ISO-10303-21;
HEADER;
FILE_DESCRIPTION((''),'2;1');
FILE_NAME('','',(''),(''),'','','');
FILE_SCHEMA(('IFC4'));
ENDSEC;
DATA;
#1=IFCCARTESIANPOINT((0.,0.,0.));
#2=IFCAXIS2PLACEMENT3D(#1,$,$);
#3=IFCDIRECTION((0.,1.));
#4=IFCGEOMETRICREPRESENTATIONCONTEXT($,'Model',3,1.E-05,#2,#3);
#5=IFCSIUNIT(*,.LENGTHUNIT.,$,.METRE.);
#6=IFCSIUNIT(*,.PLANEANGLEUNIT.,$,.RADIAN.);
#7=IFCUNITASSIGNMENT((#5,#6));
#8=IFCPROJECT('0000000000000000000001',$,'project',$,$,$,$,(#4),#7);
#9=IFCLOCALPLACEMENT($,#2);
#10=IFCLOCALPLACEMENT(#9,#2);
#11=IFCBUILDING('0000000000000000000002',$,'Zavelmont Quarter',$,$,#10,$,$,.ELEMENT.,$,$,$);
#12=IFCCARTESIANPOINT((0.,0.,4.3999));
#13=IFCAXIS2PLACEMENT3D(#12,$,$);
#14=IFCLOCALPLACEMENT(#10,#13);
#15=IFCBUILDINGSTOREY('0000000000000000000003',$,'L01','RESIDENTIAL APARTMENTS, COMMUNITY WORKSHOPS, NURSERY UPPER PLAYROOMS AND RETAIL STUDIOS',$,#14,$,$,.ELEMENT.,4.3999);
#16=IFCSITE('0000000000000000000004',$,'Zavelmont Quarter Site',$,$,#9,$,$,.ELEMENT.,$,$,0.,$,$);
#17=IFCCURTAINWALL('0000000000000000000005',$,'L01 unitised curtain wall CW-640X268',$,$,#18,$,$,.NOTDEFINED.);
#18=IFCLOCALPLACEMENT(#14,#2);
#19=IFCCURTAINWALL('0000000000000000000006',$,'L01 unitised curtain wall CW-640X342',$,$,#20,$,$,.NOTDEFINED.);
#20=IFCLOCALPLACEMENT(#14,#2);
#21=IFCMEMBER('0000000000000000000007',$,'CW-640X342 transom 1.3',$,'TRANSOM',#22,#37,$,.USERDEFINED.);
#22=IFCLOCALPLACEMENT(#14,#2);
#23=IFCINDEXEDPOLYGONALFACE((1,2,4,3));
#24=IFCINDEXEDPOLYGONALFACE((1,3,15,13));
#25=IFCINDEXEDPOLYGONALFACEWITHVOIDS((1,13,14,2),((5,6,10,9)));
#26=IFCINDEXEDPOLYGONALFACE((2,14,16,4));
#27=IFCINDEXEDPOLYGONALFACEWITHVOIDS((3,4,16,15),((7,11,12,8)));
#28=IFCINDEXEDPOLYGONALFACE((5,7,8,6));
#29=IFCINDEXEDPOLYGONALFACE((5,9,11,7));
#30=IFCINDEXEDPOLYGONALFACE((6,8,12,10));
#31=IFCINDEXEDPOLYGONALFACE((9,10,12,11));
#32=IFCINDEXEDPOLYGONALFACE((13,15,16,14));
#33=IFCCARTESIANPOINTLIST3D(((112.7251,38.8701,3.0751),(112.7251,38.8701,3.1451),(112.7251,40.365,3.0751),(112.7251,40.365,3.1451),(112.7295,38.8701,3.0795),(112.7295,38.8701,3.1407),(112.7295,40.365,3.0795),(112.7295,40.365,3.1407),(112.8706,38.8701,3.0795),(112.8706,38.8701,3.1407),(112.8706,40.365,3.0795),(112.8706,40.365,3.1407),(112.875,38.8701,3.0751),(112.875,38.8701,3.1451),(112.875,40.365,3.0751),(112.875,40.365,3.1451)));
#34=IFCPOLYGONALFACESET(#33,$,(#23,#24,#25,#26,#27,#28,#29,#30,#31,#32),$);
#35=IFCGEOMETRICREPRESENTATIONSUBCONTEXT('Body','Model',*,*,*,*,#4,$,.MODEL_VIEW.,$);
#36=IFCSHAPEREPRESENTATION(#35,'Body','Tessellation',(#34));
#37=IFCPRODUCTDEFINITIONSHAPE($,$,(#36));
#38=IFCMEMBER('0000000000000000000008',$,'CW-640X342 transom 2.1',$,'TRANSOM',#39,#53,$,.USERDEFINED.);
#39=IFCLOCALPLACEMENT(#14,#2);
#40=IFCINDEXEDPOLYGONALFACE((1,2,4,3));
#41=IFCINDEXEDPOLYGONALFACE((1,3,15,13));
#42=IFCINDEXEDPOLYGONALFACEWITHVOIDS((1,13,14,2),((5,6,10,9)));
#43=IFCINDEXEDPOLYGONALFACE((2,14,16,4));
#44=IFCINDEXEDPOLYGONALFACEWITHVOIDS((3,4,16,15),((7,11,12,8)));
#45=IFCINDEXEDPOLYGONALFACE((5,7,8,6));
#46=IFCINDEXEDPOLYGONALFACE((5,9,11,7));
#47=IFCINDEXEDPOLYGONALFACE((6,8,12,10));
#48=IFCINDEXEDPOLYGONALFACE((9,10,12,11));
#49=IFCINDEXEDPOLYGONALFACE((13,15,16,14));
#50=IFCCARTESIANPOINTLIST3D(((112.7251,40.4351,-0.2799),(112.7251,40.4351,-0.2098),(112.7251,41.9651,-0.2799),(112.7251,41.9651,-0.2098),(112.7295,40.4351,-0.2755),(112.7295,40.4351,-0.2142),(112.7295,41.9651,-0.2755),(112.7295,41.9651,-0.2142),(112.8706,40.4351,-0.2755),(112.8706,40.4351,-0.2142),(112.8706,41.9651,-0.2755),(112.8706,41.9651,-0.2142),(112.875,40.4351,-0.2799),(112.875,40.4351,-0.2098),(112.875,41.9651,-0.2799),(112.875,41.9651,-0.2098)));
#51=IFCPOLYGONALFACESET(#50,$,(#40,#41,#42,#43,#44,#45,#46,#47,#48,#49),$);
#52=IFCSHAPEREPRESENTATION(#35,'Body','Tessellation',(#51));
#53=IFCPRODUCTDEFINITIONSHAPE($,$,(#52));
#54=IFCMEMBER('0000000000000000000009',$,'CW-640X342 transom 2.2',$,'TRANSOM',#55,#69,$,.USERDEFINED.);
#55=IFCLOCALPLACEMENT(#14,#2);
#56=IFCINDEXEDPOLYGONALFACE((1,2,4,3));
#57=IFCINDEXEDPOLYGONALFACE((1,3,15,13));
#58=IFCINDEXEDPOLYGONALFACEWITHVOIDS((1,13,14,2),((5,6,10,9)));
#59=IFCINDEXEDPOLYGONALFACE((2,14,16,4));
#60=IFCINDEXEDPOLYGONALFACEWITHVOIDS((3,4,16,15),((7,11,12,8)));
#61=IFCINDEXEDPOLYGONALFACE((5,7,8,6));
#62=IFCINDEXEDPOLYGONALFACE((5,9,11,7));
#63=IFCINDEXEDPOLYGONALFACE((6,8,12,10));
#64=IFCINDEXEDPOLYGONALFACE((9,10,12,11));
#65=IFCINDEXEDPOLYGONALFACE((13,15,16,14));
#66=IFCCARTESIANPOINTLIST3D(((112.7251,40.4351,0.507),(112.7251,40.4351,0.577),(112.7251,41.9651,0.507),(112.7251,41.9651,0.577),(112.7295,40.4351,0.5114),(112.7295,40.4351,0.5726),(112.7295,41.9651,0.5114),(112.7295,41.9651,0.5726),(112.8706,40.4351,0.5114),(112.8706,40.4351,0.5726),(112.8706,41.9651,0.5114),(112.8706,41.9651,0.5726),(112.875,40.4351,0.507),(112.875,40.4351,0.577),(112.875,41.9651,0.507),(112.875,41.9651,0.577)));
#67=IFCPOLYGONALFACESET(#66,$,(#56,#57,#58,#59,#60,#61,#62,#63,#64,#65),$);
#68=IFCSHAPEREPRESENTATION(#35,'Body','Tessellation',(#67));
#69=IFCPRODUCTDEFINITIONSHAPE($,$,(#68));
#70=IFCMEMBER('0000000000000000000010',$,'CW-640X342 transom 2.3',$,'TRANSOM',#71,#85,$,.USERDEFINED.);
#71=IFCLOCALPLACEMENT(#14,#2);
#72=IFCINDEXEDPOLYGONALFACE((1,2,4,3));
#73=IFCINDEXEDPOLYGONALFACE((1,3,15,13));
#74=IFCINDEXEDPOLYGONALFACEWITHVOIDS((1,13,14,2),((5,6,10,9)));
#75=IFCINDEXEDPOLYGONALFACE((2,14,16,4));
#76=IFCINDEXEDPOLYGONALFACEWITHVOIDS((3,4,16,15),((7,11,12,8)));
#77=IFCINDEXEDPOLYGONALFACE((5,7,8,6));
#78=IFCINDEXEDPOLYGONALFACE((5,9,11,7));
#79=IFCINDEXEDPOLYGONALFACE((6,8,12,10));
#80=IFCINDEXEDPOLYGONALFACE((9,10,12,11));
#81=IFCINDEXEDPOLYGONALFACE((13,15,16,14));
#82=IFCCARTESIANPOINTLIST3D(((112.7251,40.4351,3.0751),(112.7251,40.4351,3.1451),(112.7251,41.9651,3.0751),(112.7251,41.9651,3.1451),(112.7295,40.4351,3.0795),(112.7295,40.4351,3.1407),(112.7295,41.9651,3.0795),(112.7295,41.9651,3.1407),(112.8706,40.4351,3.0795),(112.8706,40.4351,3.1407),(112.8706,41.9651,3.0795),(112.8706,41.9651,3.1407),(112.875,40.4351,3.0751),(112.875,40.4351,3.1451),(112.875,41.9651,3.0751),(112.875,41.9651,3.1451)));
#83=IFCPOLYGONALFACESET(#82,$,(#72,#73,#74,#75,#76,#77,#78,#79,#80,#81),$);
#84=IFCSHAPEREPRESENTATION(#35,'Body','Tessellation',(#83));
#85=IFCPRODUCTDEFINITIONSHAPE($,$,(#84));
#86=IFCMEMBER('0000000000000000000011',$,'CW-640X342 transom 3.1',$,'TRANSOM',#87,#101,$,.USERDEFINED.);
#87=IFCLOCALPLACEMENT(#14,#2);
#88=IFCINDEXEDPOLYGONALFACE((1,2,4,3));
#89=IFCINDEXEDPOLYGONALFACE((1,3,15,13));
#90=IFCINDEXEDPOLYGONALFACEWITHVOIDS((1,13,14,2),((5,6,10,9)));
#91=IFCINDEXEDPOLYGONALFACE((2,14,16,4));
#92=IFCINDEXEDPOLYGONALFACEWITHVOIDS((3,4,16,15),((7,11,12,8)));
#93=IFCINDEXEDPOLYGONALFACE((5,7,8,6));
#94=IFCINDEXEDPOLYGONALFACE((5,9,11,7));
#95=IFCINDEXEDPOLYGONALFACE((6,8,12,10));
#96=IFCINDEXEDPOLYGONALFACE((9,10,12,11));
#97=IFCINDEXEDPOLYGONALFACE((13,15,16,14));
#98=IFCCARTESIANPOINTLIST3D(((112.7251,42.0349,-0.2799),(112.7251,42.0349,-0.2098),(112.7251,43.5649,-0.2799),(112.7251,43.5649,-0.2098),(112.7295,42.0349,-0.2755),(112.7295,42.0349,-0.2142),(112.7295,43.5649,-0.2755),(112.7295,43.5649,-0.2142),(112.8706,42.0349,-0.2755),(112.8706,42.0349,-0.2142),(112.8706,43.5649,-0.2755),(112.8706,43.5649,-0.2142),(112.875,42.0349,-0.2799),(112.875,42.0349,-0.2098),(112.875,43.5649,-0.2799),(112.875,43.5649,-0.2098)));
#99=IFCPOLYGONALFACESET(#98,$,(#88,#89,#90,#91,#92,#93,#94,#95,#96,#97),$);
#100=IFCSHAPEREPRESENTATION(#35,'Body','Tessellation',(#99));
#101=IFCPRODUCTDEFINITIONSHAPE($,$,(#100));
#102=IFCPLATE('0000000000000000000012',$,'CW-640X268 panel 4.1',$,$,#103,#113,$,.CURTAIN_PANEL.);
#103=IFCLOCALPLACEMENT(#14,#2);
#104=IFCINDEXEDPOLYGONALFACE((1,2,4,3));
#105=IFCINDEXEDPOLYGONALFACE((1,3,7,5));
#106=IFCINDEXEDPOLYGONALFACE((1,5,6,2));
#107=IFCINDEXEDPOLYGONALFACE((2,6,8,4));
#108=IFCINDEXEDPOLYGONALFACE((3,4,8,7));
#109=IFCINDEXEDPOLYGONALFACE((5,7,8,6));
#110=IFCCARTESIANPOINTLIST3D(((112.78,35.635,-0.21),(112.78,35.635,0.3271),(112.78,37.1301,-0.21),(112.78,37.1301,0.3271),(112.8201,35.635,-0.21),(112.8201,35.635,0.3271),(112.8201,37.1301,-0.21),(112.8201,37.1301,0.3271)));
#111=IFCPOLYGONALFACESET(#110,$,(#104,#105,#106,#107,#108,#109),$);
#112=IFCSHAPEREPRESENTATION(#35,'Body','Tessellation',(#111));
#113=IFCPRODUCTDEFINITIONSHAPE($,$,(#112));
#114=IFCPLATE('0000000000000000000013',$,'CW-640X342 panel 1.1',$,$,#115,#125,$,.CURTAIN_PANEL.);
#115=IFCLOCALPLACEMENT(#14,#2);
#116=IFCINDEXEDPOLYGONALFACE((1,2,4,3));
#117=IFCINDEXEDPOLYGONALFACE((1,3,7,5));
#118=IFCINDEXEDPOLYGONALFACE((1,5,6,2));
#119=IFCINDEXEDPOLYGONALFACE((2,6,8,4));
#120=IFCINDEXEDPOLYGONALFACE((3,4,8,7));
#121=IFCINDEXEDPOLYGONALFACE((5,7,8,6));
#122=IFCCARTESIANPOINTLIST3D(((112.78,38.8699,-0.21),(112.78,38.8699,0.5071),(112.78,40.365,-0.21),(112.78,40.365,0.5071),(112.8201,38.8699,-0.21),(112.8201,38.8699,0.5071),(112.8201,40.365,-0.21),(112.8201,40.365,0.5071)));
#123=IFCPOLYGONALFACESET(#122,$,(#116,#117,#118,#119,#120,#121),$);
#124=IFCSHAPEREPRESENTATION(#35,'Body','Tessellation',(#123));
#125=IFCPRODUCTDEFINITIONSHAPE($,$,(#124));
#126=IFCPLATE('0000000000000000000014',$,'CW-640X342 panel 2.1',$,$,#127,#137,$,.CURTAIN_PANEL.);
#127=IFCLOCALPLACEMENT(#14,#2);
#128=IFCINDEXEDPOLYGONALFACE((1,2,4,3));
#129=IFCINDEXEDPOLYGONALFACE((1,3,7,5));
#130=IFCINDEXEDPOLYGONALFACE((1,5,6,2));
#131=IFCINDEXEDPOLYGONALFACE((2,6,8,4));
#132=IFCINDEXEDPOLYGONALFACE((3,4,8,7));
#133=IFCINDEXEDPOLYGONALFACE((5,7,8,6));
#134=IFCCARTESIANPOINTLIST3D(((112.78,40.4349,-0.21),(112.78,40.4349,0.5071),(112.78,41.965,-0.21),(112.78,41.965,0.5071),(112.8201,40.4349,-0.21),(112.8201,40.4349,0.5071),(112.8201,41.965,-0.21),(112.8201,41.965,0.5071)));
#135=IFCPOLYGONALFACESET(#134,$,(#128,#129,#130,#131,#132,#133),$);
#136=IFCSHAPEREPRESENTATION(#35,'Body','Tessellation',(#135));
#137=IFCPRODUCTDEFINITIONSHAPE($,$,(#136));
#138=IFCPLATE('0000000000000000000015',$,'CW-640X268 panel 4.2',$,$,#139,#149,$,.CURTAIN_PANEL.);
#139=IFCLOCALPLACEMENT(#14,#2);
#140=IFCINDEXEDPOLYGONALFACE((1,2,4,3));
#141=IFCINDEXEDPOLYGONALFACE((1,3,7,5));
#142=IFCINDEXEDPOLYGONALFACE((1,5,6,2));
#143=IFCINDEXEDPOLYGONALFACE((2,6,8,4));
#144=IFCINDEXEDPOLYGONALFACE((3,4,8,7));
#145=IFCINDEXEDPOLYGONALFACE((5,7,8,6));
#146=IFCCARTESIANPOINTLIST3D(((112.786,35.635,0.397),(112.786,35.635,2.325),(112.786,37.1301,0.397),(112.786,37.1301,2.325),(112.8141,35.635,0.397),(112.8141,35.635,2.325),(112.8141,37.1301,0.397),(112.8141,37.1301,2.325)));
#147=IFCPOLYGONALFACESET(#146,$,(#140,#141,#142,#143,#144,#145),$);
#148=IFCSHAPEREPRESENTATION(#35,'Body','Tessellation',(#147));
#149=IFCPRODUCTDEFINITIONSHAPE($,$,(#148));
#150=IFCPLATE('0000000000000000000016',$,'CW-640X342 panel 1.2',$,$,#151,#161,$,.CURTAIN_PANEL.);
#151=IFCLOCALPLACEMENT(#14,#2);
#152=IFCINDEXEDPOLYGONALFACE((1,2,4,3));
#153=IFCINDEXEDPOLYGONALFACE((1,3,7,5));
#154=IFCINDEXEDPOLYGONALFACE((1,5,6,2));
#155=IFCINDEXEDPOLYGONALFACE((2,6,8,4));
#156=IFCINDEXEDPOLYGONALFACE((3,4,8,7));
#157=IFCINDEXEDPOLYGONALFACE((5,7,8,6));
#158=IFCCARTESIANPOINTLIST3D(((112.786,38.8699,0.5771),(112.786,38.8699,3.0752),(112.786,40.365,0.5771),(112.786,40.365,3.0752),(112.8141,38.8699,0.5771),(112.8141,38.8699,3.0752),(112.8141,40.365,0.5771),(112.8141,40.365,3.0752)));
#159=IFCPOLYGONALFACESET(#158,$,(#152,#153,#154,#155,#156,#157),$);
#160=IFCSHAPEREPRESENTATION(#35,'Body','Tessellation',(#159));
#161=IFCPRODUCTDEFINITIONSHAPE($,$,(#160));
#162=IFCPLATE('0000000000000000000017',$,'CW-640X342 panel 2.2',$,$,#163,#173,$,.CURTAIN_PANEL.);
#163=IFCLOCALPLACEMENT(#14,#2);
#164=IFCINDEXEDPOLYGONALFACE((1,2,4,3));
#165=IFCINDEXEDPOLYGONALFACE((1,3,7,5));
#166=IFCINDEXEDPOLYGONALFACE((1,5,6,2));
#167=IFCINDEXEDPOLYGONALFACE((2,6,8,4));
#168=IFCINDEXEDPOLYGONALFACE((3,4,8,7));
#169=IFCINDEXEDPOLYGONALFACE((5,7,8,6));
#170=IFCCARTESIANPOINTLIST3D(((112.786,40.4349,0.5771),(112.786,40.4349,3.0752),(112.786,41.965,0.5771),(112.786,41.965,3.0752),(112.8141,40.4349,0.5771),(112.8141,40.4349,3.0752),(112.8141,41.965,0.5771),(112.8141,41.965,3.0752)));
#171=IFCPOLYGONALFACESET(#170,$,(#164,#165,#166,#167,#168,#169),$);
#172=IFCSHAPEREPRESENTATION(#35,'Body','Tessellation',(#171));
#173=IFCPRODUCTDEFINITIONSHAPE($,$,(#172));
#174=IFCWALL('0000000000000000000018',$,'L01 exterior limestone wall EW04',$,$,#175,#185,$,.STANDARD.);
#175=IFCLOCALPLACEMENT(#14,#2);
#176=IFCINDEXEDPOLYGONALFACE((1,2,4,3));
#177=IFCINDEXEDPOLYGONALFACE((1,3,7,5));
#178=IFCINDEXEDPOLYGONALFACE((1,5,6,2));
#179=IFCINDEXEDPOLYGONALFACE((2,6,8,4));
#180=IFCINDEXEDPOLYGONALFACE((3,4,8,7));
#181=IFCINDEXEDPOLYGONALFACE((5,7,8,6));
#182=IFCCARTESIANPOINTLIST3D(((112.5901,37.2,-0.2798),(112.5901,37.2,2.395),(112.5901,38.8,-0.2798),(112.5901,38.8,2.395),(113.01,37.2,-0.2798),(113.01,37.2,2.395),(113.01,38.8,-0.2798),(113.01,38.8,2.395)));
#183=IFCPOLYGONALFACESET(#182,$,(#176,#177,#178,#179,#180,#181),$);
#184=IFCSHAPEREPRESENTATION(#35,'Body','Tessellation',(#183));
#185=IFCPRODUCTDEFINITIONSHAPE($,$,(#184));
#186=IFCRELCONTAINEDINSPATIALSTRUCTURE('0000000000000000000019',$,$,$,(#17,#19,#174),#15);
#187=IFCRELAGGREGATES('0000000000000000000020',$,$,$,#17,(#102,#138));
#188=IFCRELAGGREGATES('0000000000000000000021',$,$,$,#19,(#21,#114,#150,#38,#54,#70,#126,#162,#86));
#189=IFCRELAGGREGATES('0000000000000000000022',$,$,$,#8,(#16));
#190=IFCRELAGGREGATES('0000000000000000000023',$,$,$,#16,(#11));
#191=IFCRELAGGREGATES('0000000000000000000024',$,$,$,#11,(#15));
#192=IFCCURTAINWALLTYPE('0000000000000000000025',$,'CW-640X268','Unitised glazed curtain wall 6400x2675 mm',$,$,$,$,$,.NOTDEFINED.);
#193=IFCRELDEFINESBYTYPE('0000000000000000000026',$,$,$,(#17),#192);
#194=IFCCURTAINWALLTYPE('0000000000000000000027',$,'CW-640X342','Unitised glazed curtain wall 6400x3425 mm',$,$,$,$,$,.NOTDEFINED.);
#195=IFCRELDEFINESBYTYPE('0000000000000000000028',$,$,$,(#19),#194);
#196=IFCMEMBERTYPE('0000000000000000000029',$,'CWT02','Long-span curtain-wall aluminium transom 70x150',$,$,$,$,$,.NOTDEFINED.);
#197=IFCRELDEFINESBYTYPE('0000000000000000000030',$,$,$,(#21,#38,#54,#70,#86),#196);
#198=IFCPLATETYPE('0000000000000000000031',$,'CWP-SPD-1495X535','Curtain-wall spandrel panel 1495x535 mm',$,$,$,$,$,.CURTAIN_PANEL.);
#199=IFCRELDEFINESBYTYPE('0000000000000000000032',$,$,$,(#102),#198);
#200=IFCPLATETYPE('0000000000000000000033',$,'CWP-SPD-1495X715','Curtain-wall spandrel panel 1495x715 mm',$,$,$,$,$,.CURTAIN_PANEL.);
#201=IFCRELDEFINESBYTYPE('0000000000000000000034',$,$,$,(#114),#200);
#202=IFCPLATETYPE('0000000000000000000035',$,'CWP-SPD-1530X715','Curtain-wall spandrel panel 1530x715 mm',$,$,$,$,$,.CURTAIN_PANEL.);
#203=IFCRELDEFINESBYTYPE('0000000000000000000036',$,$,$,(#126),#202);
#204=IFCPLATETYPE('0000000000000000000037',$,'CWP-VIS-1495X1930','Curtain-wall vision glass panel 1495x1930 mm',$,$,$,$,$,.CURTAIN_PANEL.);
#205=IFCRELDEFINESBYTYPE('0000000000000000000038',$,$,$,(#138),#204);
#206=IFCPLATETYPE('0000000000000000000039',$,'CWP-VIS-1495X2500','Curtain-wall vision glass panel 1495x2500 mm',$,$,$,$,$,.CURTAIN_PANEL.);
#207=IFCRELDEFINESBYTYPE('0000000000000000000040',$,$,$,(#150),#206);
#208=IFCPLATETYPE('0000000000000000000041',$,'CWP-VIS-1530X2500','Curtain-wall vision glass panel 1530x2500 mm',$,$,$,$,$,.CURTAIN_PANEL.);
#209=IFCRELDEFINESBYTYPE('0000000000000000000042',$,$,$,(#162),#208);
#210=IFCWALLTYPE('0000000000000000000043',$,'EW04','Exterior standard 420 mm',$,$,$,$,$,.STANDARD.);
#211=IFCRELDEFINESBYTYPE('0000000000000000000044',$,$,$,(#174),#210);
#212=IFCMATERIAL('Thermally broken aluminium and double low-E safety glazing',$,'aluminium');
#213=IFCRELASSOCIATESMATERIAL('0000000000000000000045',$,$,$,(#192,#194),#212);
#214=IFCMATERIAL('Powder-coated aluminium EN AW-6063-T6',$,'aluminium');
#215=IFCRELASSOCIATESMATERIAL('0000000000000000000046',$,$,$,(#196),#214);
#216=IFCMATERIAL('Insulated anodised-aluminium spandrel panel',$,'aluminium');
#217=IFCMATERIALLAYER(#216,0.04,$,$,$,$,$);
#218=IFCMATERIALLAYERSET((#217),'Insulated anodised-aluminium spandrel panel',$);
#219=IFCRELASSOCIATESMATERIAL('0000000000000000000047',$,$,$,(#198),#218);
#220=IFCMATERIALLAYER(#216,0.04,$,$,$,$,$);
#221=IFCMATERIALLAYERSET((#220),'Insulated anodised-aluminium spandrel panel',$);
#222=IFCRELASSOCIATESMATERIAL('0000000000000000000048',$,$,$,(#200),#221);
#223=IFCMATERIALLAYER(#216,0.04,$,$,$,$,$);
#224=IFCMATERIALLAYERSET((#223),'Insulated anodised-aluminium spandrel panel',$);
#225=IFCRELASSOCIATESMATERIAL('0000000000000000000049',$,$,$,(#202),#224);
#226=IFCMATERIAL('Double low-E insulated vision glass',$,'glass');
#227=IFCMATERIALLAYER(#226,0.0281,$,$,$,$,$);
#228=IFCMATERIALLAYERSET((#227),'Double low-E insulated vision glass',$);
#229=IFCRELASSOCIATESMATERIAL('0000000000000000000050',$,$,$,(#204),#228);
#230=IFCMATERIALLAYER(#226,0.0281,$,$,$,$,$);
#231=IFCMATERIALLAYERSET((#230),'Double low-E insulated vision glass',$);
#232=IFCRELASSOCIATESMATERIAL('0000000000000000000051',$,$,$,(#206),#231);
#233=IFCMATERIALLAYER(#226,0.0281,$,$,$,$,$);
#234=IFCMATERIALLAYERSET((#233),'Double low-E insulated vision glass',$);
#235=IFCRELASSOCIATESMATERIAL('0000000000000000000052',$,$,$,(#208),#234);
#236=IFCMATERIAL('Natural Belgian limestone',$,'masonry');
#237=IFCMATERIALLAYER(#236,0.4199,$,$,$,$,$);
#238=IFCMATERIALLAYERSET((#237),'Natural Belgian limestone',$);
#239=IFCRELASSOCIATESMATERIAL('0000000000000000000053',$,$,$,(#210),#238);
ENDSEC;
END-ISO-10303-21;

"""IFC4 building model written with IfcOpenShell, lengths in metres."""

from ifc_helpers import new_model, si_unit, direction, frame, frame_2d, origin, origin_2d, place, context, subcontext, project, spatial, rectangle, hollow_rectangle, extrude, material, layer, layer_set, material_profile, profile_set, type_object, element, aggregate, save


model = new_model("IFC4")

# Units and contexts
model_context = context("Model", 3, precision=1e-05, world=origin(), true_north=direction((0.0, 1.0)))
body_context = subcontext(model_context, "Body", "Model", "MODEL_VIEW")
ifc_project = project(units=[si_unit("LENGTHUNIT", "METRE"), si_unit("PLANEANGLEUNIT", "RADIAN")], contexts=[model_context])

# Site, building, storey
site_placement = place(None, origin())
site = spatial("IfcSite", under=ifc_project, at=site_placement, Name="Zavelmont Quarter Site", CompositionType="ELEMENT", RefElevation=0.0)
building_placement = place(site_placement, origin())
building = spatial("IfcBuilding", under=site, at=building_placement, Name="Zavelmont Quarter", CompositionType="ELEMENT")
storey_placement = place(building_placement, frame((0.0, 0.0, 4.3999)))
storey = spatial("IfcBuildingStorey", under=building, at=storey_placement, Name="L01", Description="RESIDENTIAL APARTMENTS, COMMUNITY WORKSHOPS, NURSERY UPPER PLAYROOMS AND RETAIL STUDIOS", CompositionType="ELEMENT", Elevation=4.3999)

# Curtain wall
ifc_material_1 = material(Name="Thermally broken aluminium and double low-E safety glazing", Category="aluminium")
curtain_wall_type_1 = type_object("IfcCurtainWallType", Name="CW-640X268", Description="Unitised glazed curtain wall 6400x2675 mm", PredefinedType="NOTDEFINED", material=ifc_material_1)
curtain_wall_1_placement = place(storey_placement, origin())
curtain_wall_1 = element("IfcCurtainWall", 1, at=curtain_wall_1_placement, inside=storey, type_object=curtain_wall_type_1, Name="L01 unitised curtain wall CW-640X268", PredefinedType="NOTDEFINED")
ifc_material_2 = material(Name="Powder-coated aluminium EN AW-6063-T6", Category="aluminium")

# Curtain wall
curtain_wall_type_2 = type_object("IfcCurtainWallType", Name="CW-640X342", Description="Unitised glazed curtain wall 6400x3425 mm", PredefinedType="NOTDEFINED", material=ifc_material_1)
curtain_wall_2_placement = place(storey_placement, origin())
curtain_wall_2 = element("IfcCurtainWall", 2, at=curtain_wall_2_placement, inside=storey, type_object=curtain_wall_type_2, Name="L01 unitised curtain wall CW-640X342", PredefinedType="NOTDEFINED")

# Members
ifc_material_profile_1 = material_profile(ifc_material_2, hollow_rectangle(XDim=0.1499, YDim=0.0701, WallThickness=0.0044, at=origin_2d()), Name="CWT70X150")
ifc_profile_set_1 = profile_set([ifc_material_profile_1], Name="Powder-coated aluminium EN AW-6063-T6")
member_type_1 = type_object("IfcMemberType", Name="CWT02", Description="Long-span curtain-wall aluminium transom 70x150", PredefinedType="NOTDEFINED", material=ifc_profile_set_1)
member_1_placement = place(storey_placement, frame((112.8, 38.8701, 3.1101), z_axis=(0.0, 1.0, 0.0), x_axis=(-1.0, 0.0, 0.0)))
member_1 = element("IfcMember", 3, at=member_1_placement, type_object=member_type_1, Name="CW-640X342 transom 1.3", ObjectType="TRANSOM", PredefinedType="USERDEFINED", context=body_context, shape_type="SweptSolid", body=[
    extrude(hollow_rectangle(XDim=0.1499, YDim=0.0701, WallThickness=0.0044, at=origin_2d()), origin(), (0.0, 0.0, 1.0), 1.4949),
])
member_2_placement = place(storey_placement, frame((112.8, 40.4351, -0.2449), z_axis=(0.0, 1.0, 0.0), x_axis=(-1.0, 0.0, 0.0)))
member_2 = element("IfcMember", 4, at=member_2_placement, type_object=member_type_1, Name="CW-640X342 transom 2.1", ObjectType="TRANSOM", PredefinedType="USERDEFINED", context=body_context, shape_type="SweptSolid", body=[
    extrude(hollow_rectangle(XDim=0.1499, YDim=0.0701, WallThickness=0.0044, at=origin_2d()), origin(), (0.0, 0.0, 1.0), 1.53),
])
member_3_placement = place(storey_placement, frame((112.8, 40.4351, 0.542), z_axis=(0.0, 1.0, 0.0), x_axis=(-1.0, 0.0, 0.0)))
member_3 = element("IfcMember", 5, at=member_3_placement, type_object=member_type_1, Name="CW-640X342 transom 2.2", ObjectType="TRANSOM", PredefinedType="USERDEFINED", context=body_context, shape_type="SweptSolid", body=[
    extrude(hollow_rectangle(XDim=0.1499, YDim=0.0701, WallThickness=0.0044, at=origin_2d()), origin(), (0.0, 0.0, 1.0), 1.53),
])
member_4_placement = place(storey_placement, frame((112.8, 40.4351, 3.1101), z_axis=(0.0, 1.0, 0.0), x_axis=(-1.0, 0.0, 0.0)))
member_4 = element("IfcMember", 6, at=member_4_placement, type_object=member_type_1, Name="CW-640X342 transom 2.3", ObjectType="TRANSOM", PredefinedType="USERDEFINED", context=body_context, shape_type="SweptSolid", body=[
    extrude(hollow_rectangle(XDim=0.1499, YDim=0.0701, WallThickness=0.0044, at=origin_2d()), origin(), (0.0, 0.0, 1.0), 1.53),
])
member_5_placement = place(storey_placement, frame((112.8, 42.0349, -0.2449), z_axis=(0.0, 1.0, 0.0), x_axis=(-1.0, 0.0, 0.0)))
member_5 = element("IfcMember", 7, at=member_5_placement, type_object=member_type_1, Name="CW-640X342 transom 3.1", ObjectType="TRANSOM", PredefinedType="USERDEFINED", context=body_context, shape_type="SweptSolid", body=[
    extrude(hollow_rectangle(XDim=0.1499, YDim=0.0701, WallThickness=0.0044, at=origin_2d()), origin(), (0.0, 0.0, 1.0), 1.53),
])

# Plates
ifc_material_3 = material(Name="Insulated anodised-aluminium spandrel panel", Category="aluminium")
ifc_layer_1 = layer(ifc_material_3, 0.04)
ifc_layer_set_1 = layer_set([ifc_layer_1], Name="Insulated anodised-aluminium spandrel panel")
plate_type_1 = type_object("IfcPlateType", Name="CWP-SPD-1495X535", Description="Curtain-wall spandrel panel 1495x535 mm", PredefinedType="CURTAIN_PANEL", material=ifc_layer_set_1)
plate_1_placement = place(storey_placement, frame((112.8, 36.3826, -0.21), z_axis=(0.0, 0.0, 1.0), x_axis=(0.0, 1.0, 0.0)))
plate_1 = element("IfcPlate", 8, at=plate_1_placement, type_object=plate_type_1, Name="CW-640X268 panel 4.1", PredefinedType="CURTAIN_PANEL", context=body_context, shape_type="SweptSolid", body=[
    extrude(rectangle(XDim=1.4951, YDim=0.04, at=origin_2d()), origin(), (0.0, 0.0, 1.0), 0.5371),
])
ifc_layer_2 = layer(ifc_material_3, 0.04)
ifc_layer_set_2 = layer_set([ifc_layer_2], Name="Insulated anodised-aluminium spandrel panel")
plate_type_2 = type_object("IfcPlateType", Name="CWP-SPD-1495X715", Description="Curtain-wall spandrel panel 1495x715 mm", PredefinedType="CURTAIN_PANEL", material=ifc_layer_set_2)
plate_2_placement = place(storey_placement, frame((112.8, 39.6174, -0.21), z_axis=(0.0, 0.0, 1.0), x_axis=(0.0, 1.0, 0.0)))
plate_2 = element("IfcPlate", 9, at=plate_2_placement, type_object=plate_type_2, Name="CW-640X342 panel 1.1", PredefinedType="CURTAIN_PANEL", context=body_context, shape_type="SweptSolid", body=[
    extrude(rectangle(XDim=1.4951, YDim=0.04, at=origin_2d()), origin(), (0.0, 0.0, 1.0), 0.717),
])
ifc_layer_3 = layer(ifc_material_3, 0.04)
ifc_layer_set_3 = layer_set([ifc_layer_3], Name="Insulated anodised-aluminium spandrel panel")
plate_type_3 = type_object("IfcPlateType", Name="CWP-SPD-1530X715", Description="Curtain-wall spandrel panel 1530x715 mm", PredefinedType="CURTAIN_PANEL", material=ifc_layer_set_3)
plate_3_placement = place(storey_placement, frame((112.8, 41.2, -0.21), z_axis=(0.0, 0.0, 1.0), x_axis=(0.0, 1.0, 0.0)))
plate_3 = element("IfcPlate", 10, at=plate_3_placement, type_object=plate_type_3, Name="CW-640X342 panel 2.1", PredefinedType="CURTAIN_PANEL", context=body_context, shape_type="SweptSolid", body=[
    extrude(rectangle(XDim=1.53, YDim=0.04, at=origin_2d()), origin(), (0.0, 0.0, 1.0), 0.717),
])
ifc_material_4 = material(Name="Double low-E insulated vision glass", Category="glass")
ifc_layer_4 = layer(ifc_material_4, 0.0281)
ifc_layer_set_4 = layer_set([ifc_layer_4], Name="Double low-E insulated vision glass")
plate_type_4 = type_object("IfcPlateType", Name="CWP-VIS-1495X1930", Description="Curtain-wall vision glass panel 1495x1930 mm", PredefinedType="CURTAIN_PANEL", material=ifc_layer_set_4)
plate_4_placement = place(storey_placement, frame((112.8, 36.3826, 0.397), z_axis=(0.0, 0.0, 1.0), x_axis=(0.0, 1.0, 0.0)))
plate_4 = element("IfcPlate", 11, at=plate_4_placement, type_object=plate_type_4, Name="CW-640X268 panel 4.2", PredefinedType="CURTAIN_PANEL", context=body_context, shape_type="SweptSolid", body=[
    extrude(rectangle(XDim=1.4951, YDim=0.0281, at=origin_2d()), origin(), (0.0, 0.0, 1.0), 1.928),
])
aggregate(curtain_wall_1, [plate_1, plate_4])
ifc_layer_5 = layer(ifc_material_4, 0.0281)
ifc_layer_set_5 = layer_set([ifc_layer_5], Name="Double low-E insulated vision glass")
plate_type_5 = type_object("IfcPlateType", Name="CWP-VIS-1495X2500", Description="Curtain-wall vision glass panel 1495x2500 mm", PredefinedType="CURTAIN_PANEL", material=ifc_layer_set_5)
plate_5_placement = place(storey_placement, frame((112.8, 39.6174, 0.5771), z_axis=(0.0, 0.0, 1.0), x_axis=(0.0, 1.0, 0.0)))
plate_5 = element("IfcPlate", 12, at=plate_5_placement, type_object=plate_type_5, Name="CW-640X342 panel 1.2", PredefinedType="CURTAIN_PANEL", context=body_context, shape_type="SweptSolid", body=[
    extrude(rectangle(XDim=1.4951, YDim=0.0281, at=origin_2d()), origin(), (0.0, 0.0, 1.0), 2.498),
])
ifc_layer_6 = layer(ifc_material_4, 0.0281)
ifc_layer_set_6 = layer_set([ifc_layer_6], Name="Double low-E insulated vision glass")
plate_type_6 = type_object("IfcPlateType", Name="CWP-VIS-1530X2500", Description="Curtain-wall vision glass panel 1530x2500 mm", PredefinedType="CURTAIN_PANEL", material=ifc_layer_set_6)
plate_6_placement = place(storey_placement, frame((112.8, 41.2, 0.5771), z_axis=(0.0, 0.0, 1.0), x_axis=(0.0, 1.0, 0.0)))
plate_6 = element("IfcPlate", 13, at=plate_6_placement, type_object=plate_type_6, Name="CW-640X342 panel 2.2", PredefinedType="CURTAIN_PANEL", context=body_context, shape_type="SweptSolid", body=[
    extrude(rectangle(XDim=1.53, YDim=0.0281, at=origin_2d()), origin(), (0.0, 0.0, 1.0), 2.498),
])
aggregate(curtain_wall_2, [member_1, plate_2, plate_5, member_2, member_3, member_4, plate_3, plate_6, member_5])

# Wall
ifc_material_5 = material(Name="Natural Belgian limestone", Category="masonry")
ifc_layer_7 = layer(ifc_material_5, 0.4199)
ifc_layer_set_7 = layer_set([ifc_layer_7], Name="Natural Belgian limestone")
wall_type = type_object("IfcWallType", Name="EW04", Description="Exterior standard 420 mm", PredefinedType="STANDARD", material=ifc_layer_set_7)
wall_placement = place(storey_placement, frame((112.8, 37.2, -0.2798), z_axis=(0.0, 0.0, 1.0), x_axis=(0.0, 1.0, 0.0)))
element("IfcWall", 14, at=wall_placement, inside=storey, type_object=wall_type, Name="L01 exterior limestone wall EW04", PredefinedType="STANDARD", context=body_context, shape_type="SweptSolid", body=[
    extrude(rectangle(XDim=1.6001, YDim=0.4199, at=frame_2d((0.8, 0.0))), origin(), (0.0, 0.0, 1.0), 2.6748),
])

save(model, "model.ifc")
